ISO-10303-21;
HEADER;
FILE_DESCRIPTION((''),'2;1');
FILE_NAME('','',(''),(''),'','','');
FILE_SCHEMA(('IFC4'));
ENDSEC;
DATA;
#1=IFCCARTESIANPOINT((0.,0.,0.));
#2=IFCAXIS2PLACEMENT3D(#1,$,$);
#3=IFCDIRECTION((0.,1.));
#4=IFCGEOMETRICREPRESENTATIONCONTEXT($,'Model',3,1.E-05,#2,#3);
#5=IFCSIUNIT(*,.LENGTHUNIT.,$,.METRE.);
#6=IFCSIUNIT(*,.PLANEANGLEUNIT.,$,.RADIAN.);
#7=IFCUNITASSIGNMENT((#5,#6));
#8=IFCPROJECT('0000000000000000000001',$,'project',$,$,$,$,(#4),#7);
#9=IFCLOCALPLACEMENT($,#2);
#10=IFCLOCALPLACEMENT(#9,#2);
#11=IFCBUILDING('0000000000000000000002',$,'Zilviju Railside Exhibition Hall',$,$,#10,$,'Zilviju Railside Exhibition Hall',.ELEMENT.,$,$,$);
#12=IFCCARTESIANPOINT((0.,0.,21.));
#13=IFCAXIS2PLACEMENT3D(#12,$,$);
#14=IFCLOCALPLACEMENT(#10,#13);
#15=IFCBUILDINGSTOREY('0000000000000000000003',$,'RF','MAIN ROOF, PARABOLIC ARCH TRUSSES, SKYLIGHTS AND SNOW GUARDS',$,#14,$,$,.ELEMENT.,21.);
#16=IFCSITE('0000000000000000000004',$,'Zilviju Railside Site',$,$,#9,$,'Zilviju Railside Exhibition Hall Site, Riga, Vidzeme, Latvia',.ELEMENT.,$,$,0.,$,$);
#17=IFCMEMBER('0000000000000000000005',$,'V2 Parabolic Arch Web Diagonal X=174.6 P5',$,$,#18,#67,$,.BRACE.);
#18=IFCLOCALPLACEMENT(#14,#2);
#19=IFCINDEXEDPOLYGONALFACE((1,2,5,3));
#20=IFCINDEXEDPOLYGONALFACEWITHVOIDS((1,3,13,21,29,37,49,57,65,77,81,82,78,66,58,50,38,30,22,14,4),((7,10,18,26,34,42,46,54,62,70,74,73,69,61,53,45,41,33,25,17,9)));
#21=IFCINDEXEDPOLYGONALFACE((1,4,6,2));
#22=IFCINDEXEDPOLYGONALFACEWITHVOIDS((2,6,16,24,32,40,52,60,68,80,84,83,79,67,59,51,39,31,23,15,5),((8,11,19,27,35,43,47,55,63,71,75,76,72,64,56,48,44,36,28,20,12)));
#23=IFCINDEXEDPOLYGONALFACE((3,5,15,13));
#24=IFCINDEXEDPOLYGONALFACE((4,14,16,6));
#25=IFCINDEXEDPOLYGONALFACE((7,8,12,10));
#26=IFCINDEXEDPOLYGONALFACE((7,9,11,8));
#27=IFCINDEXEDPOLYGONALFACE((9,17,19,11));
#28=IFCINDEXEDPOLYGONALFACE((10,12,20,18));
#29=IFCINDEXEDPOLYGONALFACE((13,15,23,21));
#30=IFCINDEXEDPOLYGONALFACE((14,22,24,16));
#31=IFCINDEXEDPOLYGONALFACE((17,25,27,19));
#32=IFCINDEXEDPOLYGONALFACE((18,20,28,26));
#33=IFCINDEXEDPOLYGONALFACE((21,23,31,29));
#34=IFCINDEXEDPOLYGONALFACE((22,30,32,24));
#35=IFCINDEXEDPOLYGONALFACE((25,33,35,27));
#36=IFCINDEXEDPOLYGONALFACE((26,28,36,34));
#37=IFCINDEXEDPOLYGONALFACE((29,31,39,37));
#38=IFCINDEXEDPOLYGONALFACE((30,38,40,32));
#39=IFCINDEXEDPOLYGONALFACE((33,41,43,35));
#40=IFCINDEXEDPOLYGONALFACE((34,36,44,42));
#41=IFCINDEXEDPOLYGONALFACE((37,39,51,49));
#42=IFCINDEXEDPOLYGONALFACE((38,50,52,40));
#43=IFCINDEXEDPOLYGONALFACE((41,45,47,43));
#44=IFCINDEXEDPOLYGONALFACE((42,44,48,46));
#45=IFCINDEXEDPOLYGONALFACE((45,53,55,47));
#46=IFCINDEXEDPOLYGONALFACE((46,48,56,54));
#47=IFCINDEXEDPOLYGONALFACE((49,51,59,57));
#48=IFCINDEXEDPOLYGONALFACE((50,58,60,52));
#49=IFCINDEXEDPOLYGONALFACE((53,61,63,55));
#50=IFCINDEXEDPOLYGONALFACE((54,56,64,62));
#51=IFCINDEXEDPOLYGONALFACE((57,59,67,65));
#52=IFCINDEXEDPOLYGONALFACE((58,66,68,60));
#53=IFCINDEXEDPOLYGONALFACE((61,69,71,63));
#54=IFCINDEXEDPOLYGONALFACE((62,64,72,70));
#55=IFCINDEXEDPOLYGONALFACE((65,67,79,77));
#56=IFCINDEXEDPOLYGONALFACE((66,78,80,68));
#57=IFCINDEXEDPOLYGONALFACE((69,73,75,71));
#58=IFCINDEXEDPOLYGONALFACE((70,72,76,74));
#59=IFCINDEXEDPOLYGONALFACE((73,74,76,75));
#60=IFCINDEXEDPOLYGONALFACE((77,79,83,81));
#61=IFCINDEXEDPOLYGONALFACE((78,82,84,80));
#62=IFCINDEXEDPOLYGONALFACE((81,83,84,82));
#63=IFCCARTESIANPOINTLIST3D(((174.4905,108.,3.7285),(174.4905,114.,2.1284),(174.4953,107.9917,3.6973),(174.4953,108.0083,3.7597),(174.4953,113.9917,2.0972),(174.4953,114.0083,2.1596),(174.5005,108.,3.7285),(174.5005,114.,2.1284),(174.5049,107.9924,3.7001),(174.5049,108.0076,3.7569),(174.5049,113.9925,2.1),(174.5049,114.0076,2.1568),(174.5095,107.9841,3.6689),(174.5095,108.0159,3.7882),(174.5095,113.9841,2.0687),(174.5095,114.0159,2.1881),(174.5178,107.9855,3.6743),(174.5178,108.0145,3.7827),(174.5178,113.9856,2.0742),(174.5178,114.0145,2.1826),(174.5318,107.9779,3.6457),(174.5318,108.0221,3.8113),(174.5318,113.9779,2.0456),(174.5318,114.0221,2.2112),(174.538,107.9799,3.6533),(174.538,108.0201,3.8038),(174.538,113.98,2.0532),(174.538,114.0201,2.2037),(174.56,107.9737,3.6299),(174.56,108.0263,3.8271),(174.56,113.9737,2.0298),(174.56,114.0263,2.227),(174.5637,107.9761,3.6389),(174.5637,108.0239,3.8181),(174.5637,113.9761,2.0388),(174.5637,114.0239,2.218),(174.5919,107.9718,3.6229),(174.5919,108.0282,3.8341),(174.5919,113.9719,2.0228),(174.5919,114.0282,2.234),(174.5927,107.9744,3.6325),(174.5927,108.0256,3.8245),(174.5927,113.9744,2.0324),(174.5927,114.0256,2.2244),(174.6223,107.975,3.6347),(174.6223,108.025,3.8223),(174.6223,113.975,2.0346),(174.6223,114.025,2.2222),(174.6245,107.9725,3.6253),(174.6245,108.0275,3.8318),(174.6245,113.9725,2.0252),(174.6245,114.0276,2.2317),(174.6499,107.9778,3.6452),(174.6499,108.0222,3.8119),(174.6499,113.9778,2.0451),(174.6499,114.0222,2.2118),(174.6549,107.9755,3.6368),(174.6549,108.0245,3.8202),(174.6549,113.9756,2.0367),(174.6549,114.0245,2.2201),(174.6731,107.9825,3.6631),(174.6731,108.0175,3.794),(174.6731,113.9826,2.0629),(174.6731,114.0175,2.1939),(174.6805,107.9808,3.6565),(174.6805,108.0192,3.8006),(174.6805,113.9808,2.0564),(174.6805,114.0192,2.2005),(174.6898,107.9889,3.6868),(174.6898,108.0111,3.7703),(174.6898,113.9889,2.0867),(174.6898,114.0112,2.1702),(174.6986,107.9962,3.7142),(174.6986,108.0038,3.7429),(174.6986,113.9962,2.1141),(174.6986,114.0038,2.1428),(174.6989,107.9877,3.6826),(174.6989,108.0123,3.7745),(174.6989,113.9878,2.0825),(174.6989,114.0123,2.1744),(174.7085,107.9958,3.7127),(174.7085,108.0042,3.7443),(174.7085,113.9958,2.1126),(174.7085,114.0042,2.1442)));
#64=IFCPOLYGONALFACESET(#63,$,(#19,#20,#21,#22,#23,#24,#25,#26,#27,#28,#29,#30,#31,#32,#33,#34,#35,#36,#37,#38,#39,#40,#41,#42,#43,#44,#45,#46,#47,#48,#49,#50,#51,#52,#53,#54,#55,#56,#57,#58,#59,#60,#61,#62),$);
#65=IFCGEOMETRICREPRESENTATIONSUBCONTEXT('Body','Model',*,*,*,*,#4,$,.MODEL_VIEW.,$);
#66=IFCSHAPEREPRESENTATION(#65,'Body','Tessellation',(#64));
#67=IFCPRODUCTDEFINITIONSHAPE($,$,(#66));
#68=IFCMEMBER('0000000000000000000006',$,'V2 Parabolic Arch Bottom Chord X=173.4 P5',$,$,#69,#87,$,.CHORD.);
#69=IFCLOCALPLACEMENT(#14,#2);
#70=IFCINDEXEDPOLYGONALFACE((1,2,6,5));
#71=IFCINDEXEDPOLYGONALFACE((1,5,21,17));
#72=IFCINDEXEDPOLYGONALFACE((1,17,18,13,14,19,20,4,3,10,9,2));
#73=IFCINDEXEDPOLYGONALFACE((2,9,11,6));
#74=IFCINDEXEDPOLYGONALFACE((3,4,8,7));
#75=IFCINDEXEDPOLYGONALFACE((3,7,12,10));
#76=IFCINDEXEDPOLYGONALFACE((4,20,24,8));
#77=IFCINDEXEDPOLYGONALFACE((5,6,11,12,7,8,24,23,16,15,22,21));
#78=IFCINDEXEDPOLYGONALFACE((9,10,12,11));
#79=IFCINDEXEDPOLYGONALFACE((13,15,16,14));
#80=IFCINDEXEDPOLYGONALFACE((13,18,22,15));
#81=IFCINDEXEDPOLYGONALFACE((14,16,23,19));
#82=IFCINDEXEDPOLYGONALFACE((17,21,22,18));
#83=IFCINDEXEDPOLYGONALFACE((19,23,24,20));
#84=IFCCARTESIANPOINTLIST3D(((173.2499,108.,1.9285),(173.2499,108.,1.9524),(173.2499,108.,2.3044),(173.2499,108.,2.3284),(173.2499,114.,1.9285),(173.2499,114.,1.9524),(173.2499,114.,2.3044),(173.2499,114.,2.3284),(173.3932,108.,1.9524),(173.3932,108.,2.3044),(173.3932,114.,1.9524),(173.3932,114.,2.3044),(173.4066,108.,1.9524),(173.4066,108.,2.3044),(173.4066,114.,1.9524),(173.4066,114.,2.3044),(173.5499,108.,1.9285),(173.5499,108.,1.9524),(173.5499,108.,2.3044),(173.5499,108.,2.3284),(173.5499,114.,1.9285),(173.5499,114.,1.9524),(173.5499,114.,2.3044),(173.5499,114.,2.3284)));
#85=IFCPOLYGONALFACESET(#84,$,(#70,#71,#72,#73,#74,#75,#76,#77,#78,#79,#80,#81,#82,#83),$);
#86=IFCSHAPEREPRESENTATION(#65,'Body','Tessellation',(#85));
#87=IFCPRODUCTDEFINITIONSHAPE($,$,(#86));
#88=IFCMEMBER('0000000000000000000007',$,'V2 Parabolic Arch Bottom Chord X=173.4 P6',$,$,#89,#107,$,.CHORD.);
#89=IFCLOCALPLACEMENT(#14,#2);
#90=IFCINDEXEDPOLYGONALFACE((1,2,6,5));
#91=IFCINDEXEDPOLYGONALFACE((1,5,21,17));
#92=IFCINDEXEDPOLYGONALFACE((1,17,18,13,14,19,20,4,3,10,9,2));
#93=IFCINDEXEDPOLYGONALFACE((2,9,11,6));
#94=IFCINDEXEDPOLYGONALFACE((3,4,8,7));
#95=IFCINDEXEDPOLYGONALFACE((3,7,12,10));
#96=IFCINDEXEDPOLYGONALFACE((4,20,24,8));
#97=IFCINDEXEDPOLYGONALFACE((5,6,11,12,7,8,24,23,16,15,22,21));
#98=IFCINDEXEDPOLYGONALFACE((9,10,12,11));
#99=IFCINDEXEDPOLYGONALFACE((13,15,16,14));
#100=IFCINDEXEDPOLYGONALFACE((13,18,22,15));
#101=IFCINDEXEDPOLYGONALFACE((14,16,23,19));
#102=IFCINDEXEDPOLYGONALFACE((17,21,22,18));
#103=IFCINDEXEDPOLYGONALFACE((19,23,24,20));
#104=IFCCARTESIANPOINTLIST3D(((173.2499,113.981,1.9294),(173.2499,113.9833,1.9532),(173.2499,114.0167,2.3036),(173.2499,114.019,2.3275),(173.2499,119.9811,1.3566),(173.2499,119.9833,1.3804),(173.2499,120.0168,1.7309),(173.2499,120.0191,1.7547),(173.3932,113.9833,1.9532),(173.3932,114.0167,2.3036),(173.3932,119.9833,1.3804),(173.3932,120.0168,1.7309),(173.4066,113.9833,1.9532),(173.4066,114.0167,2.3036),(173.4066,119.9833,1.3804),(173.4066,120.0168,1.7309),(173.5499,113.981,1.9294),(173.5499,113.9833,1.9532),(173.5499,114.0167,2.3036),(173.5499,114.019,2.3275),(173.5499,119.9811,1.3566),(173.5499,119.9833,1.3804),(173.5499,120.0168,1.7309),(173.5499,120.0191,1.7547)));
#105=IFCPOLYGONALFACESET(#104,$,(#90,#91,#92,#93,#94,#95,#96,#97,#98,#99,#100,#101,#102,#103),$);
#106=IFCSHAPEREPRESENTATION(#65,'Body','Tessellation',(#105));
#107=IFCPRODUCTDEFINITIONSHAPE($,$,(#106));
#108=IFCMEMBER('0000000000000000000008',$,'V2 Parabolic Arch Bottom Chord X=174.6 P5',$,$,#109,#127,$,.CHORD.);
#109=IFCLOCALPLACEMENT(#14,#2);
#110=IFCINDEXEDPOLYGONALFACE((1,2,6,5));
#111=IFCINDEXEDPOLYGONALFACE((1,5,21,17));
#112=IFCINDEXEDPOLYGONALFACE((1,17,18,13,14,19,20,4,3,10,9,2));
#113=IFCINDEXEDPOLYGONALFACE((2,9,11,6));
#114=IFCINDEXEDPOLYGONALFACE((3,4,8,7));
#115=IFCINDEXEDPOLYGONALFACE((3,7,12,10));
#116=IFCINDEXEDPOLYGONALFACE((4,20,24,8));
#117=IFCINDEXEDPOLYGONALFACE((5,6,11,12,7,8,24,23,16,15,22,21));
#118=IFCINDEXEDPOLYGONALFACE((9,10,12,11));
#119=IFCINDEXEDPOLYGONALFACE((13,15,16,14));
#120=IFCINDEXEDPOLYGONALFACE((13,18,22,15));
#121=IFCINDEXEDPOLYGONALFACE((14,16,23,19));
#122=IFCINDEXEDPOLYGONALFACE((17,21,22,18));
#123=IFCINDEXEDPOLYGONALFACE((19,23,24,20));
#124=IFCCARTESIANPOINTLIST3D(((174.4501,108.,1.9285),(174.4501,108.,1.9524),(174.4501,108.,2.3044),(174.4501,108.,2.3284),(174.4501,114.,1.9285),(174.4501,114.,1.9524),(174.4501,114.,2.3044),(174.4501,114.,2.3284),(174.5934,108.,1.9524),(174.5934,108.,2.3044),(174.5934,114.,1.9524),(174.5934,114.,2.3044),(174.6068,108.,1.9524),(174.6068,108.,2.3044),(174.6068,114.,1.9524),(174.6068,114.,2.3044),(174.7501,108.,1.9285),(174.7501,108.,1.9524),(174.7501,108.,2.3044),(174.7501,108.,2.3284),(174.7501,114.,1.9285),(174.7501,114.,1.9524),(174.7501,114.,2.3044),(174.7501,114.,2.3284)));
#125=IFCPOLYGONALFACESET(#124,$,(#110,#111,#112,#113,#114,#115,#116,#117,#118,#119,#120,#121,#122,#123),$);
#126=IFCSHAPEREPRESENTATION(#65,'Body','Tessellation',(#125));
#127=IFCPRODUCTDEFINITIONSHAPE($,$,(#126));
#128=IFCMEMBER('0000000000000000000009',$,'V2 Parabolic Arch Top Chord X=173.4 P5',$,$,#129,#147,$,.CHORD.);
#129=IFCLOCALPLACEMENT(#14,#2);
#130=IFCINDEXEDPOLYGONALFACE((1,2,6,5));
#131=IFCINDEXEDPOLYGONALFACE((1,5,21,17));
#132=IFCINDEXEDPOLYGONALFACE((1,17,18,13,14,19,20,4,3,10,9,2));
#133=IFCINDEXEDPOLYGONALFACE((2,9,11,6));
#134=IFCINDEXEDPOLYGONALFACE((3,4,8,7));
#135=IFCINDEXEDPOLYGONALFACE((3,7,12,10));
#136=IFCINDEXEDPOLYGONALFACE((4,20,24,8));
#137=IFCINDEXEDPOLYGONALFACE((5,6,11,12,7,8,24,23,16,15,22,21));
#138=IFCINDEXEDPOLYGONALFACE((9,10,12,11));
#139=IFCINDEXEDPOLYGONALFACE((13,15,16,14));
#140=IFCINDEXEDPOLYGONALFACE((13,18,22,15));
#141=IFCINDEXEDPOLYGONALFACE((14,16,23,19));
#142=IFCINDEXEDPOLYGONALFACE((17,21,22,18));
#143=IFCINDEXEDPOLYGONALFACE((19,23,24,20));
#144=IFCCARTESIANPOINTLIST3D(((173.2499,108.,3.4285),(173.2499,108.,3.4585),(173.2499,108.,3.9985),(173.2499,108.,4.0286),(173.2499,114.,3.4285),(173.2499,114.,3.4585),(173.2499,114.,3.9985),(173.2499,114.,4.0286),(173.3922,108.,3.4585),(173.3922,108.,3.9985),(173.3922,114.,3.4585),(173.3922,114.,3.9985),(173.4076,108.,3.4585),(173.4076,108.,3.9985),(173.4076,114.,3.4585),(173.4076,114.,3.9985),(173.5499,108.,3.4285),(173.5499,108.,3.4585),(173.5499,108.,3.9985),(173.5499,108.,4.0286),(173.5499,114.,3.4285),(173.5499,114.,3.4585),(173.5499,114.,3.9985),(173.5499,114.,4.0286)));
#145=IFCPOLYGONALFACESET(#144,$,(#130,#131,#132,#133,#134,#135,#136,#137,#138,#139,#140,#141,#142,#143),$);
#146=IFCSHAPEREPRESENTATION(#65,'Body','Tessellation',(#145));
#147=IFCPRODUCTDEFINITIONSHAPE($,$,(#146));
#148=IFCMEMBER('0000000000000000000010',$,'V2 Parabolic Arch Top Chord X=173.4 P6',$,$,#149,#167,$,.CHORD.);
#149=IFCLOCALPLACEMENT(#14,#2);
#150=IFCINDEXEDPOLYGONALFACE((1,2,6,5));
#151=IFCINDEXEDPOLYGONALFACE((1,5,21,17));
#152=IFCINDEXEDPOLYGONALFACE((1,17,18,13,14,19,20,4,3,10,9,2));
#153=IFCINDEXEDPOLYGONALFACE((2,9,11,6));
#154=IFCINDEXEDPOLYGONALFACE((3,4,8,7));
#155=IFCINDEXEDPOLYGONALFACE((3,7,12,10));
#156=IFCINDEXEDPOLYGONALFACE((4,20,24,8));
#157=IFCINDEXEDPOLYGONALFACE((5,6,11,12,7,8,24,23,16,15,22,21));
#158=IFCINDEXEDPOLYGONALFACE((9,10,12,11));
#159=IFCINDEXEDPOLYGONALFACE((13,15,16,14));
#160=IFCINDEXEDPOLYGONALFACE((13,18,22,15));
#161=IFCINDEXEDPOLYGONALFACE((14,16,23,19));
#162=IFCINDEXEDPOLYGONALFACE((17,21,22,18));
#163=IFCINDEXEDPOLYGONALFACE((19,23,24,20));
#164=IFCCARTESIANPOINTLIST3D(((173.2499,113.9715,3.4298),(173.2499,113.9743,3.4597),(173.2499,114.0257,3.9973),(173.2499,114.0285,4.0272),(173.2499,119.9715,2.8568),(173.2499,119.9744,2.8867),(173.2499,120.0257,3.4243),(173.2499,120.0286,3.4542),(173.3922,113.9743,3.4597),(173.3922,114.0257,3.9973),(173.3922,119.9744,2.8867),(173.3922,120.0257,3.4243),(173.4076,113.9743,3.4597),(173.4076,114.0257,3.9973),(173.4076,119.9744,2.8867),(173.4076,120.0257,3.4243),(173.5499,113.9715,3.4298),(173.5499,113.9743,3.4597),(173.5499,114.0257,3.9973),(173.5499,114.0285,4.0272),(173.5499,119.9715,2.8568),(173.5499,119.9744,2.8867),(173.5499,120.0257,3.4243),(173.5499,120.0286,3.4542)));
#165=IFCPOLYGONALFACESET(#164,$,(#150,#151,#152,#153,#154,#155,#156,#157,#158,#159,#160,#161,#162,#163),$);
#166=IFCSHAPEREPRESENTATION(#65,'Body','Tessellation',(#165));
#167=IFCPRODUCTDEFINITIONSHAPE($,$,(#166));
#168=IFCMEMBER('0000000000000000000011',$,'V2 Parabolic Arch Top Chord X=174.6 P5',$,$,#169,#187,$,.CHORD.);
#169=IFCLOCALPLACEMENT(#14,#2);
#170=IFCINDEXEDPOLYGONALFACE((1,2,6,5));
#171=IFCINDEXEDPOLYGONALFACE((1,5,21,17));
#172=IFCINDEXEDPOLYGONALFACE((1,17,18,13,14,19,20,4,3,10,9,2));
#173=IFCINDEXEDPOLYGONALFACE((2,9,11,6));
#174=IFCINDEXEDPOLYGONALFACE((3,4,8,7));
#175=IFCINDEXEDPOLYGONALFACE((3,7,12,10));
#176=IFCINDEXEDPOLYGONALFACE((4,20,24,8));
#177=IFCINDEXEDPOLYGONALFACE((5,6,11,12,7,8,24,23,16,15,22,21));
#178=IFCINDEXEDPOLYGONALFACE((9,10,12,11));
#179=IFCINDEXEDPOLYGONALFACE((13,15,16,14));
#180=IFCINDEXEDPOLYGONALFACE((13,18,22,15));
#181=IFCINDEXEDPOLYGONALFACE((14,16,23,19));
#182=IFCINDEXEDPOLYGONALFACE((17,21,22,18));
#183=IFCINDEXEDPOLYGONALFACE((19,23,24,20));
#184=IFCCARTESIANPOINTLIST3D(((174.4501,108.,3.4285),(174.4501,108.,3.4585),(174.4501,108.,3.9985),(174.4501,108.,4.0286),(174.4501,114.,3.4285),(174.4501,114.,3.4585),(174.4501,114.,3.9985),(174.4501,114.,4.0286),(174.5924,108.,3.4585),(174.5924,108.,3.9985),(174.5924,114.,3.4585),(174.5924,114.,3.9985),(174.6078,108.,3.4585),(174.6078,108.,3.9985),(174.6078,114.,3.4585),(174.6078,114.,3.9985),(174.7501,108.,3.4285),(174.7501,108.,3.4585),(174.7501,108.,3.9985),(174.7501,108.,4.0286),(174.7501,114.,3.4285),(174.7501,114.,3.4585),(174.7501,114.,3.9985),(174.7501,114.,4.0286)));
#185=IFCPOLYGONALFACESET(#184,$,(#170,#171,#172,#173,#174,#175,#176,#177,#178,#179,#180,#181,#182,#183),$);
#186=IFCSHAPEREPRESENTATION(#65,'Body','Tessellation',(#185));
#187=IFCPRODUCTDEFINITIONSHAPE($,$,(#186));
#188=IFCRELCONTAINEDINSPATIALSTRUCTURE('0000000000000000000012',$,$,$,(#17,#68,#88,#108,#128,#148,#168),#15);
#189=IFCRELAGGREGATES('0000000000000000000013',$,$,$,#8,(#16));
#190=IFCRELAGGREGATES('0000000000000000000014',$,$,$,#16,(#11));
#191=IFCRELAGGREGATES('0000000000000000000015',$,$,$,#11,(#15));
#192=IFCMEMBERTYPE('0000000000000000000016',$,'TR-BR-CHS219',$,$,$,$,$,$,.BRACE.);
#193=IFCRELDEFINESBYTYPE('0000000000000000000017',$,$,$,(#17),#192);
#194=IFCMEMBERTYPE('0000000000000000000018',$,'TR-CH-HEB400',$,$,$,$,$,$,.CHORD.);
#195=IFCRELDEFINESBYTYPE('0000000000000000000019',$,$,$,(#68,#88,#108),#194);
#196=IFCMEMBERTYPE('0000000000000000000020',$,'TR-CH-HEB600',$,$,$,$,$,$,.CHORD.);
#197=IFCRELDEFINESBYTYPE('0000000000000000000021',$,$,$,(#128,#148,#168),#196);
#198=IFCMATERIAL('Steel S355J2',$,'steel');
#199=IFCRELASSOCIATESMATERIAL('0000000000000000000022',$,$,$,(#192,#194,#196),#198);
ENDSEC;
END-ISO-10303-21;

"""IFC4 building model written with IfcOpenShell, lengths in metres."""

from ifc_helpers import new_model, si_unit, direction, frame, origin, origin_2d, place, context, subcontext, project, spatial, hollow_circle, i_section, extrude, material, material_profile, profile_set, type_object, element, save


model = new_model("IFC4")

# Units and contexts
model_context = context("Model", 3, precision=1e-05, world=origin(), true_north=direction((0.0, 1.0)))
body_context = subcontext(model_context, "Body", "Model", "MODEL_VIEW")
ifc_project = project(units=[si_unit("LENGTHUNIT", "METRE"), si_unit("PLANEANGLEUNIT", "RADIAN")], contexts=[model_context])

# Site, building, storey
site_placement = place(None, origin())
site = spatial("IfcSite", under=ifc_project, at=site_placement, Name="Zilviju Railside Site", LongName="Zilviju Railside Exhibition Hall Site, Riga, Vidzeme, Latvia", CompositionType="ELEMENT", RefElevation=0.0)
building_placement = place(site_placement, origin())
building = spatial("IfcBuilding", under=site, at=building_placement, Name="Zilviju Railside Exhibition Hall", LongName="Zilviju Railside Exhibition Hall", CompositionType="ELEMENT")
storey_placement = place(building_placement, frame((0.0, 0.0, 21.0)))
storey = spatial("IfcBuildingStorey", under=building, at=storey_placement, Name="RF", Description="MAIN ROOF, PARABOLIC ARCH TRUSSES, SKYLIGHTS AND SNOW GUARDS", CompositionType="ELEMENT", Elevation=21.0)

# Members
ifc_material_1 = material(Name="Steel S355J2", Category="steel")
ifc_material_profile_1 = material_profile(ifc_material_1, hollow_circle(Radius=0.1096, WallThickness=0.01, at=origin_2d()), Name="CHS 219.1x10.0")
ifc_profile_set_1 = profile_set([ifc_material_profile_1], Name="Steel S355J2")
member_type_1 = type_object("IfcMemberType", Name="TR-BR-CHS219", PredefinedType="BRACE", material=ifc_profile_set_1)
member_1_placement = place(storey_placement, frame((174.6001, 108.0, 3.7285), z_axis=(0.0, 0.966231, -0.257677), x_axis=(-1.0, 0.0, 0.0)))
element("IfcMember", 1, at=member_1_placement, inside=storey, type_object=member_type_1, Name="V2 Parabolic Arch Web Diagonal X=174.6 P5", PredefinedType="BRACE", context=body_context, shape_type="SweptSolid", body=[
    extrude(hollow_circle(Radius=0.1096, WallThickness=0.01, at=origin_2d()), origin(), (0.0, 0.0, 1.0), 6.2097),
])
ifc_material_profile_2 = material_profile(ifc_material_1, i_section(OverallWidth=0.3, OverallDepth=0.3999, WebThickness=0.0134, FlangeThickness=0.0239, at=origin_2d()), Name="HEB 400")
ifc_profile_set_2 = profile_set([ifc_material_profile_2], Name="Steel S355J2")
member_type_2 = type_object("IfcMemberType", Name="TR-CH-HEB400", PredefinedType="CHORD", material=ifc_profile_set_2)
member_2_placement = place(storey_placement, frame((173.3999, 108.0, 2.1284), z_axis=(0.0, 1.0, 0.0), x_axis=(-1.0, 0.0, 0.0)))
element("IfcMember", 2, at=member_2_placement, inside=storey, type_object=member_type_2, Name="V2 Parabolic Arch Bottom Chord X=173.4 P5", PredefinedType="CHORD", context=body_context, shape_type="SweptSolid", body=[
    extrude(i_section(OverallWidth=0.3, OverallDepth=0.3999, WebThickness=0.0134, FlangeThickness=0.0239, at=origin_2d()), origin(), (0.0, 0.0, 1.0), 6.0),
])
member_3_placement = place(storey_placement, frame((173.3999, 114.0, 2.1284), z_axis=(0.0, 0.995475, -0.095027), x_axis=(-1.0, 0.0, 0.0)))
element("IfcMember", 3, at=member_3_placement, inside=storey, type_object=member_type_2, Name="V2 Parabolic Arch Bottom Chord X=173.4 P6", PredefinedType="CHORD", context=body_context, shape_type="SweptSolid", body=[
    extrude(i_section(OverallWidth=0.3, OverallDepth=0.3999, WebThickness=0.0134, FlangeThickness=0.0239, at=origin_2d()), origin(), (0.0, 0.0, 1.0), 6.0273),
])
member_4_placement = place(storey_placement, frame((174.6001, 108.0, 2.1284), z_axis=(0.0, 1.0, 0.0), x_axis=(-1.0, 0.0, 0.0)))
element("IfcMember", 4, at=member_4_placement, inside=storey, type_object=member_type_2, Name="V2 Parabolic Arch Bottom Chord X=174.6 P5", PredefinedType="CHORD", context=body_context, shape_type="SweptSolid", body=[
    extrude(i_section(OverallWidth=0.3, OverallDepth=0.3999, WebThickness=0.0134, FlangeThickness=0.0239, at=origin_2d()), origin(), (0.0, 0.0, 1.0), 6.0),
])
ifc_material_profile_3 = material_profile(ifc_material_1, i_section(OverallWidth=0.3, OverallDepth=0.6001, WebThickness=0.0154, FlangeThickness=0.03, at=origin_2d()), Name="HEB 600")
ifc_profile_set_3 = profile_set([ifc_material_profile_3], Name="Steel S355J2")
member_type_3 = type_object("IfcMemberType", Name="TR-CH-HEB600", PredefinedType="CHORD", material=ifc_profile_set_3)
member_5_placement = place(storey_placement, frame((173.3999, 108.0, 3.7285), z_axis=(0.0, 1.0, 0.0), x_axis=(-1.0, 0.0, 0.0)))
element("IfcMember", 5, at=member_5_placement, inside=storey, type_object=member_type_3, Name="V2 Parabolic Arch Top Chord X=173.4 P5", PredefinedType="CHORD", context=body_context, shape_type="SweptSolid", body=[
    extrude(i_section(OverallWidth=0.3, OverallDepth=0.6001, WebThickness=0.0154, FlangeThickness=0.03, at=origin_2d()), origin(), (0.0, 0.0, 1.0), 6.0),
])
member_6_placement = place(storey_placement, frame((173.3999, 114.0, 3.7285), z_axis=(0.0, 0.995471, -0.095067), x_axis=(-1.0, 0.0, 0.0)))
element("IfcMember", 6, at=member_6_placement, inside=storey, type_object=member_type_3, Name="V2 Parabolic Arch Top Chord X=173.4 P6", PredefinedType="CHORD", context=body_context, shape_type="SweptSolid", body=[
    extrude(i_section(OverallWidth=0.3, OverallDepth=0.6001, WebThickness=0.0154, FlangeThickness=0.03, at=origin_2d()), origin(), (0.0, 0.0, 1.0), 6.0273),
])
member_7_placement = place(storey_placement, frame((174.6001, 108.0, 3.7285), z_axis=(0.0, 1.0, 0.0), x_axis=(-1.0, 0.0, 0.0)))
element("IfcMember", 7, at=member_7_placement, inside=storey, type_object=member_type_3, Name="V2 Parabolic Arch Top Chord X=174.6 P5", PredefinedType="CHORD", context=body_context, shape_type="SweptSolid", body=[
    extrude(i_section(OverallWidth=0.3, OverallDepth=0.6001, WebThickness=0.0154, FlangeThickness=0.03, at=origin_2d()), origin(), (0.0, 0.0, 1.0), 6.0),
])

save(model, "model.ifc")
